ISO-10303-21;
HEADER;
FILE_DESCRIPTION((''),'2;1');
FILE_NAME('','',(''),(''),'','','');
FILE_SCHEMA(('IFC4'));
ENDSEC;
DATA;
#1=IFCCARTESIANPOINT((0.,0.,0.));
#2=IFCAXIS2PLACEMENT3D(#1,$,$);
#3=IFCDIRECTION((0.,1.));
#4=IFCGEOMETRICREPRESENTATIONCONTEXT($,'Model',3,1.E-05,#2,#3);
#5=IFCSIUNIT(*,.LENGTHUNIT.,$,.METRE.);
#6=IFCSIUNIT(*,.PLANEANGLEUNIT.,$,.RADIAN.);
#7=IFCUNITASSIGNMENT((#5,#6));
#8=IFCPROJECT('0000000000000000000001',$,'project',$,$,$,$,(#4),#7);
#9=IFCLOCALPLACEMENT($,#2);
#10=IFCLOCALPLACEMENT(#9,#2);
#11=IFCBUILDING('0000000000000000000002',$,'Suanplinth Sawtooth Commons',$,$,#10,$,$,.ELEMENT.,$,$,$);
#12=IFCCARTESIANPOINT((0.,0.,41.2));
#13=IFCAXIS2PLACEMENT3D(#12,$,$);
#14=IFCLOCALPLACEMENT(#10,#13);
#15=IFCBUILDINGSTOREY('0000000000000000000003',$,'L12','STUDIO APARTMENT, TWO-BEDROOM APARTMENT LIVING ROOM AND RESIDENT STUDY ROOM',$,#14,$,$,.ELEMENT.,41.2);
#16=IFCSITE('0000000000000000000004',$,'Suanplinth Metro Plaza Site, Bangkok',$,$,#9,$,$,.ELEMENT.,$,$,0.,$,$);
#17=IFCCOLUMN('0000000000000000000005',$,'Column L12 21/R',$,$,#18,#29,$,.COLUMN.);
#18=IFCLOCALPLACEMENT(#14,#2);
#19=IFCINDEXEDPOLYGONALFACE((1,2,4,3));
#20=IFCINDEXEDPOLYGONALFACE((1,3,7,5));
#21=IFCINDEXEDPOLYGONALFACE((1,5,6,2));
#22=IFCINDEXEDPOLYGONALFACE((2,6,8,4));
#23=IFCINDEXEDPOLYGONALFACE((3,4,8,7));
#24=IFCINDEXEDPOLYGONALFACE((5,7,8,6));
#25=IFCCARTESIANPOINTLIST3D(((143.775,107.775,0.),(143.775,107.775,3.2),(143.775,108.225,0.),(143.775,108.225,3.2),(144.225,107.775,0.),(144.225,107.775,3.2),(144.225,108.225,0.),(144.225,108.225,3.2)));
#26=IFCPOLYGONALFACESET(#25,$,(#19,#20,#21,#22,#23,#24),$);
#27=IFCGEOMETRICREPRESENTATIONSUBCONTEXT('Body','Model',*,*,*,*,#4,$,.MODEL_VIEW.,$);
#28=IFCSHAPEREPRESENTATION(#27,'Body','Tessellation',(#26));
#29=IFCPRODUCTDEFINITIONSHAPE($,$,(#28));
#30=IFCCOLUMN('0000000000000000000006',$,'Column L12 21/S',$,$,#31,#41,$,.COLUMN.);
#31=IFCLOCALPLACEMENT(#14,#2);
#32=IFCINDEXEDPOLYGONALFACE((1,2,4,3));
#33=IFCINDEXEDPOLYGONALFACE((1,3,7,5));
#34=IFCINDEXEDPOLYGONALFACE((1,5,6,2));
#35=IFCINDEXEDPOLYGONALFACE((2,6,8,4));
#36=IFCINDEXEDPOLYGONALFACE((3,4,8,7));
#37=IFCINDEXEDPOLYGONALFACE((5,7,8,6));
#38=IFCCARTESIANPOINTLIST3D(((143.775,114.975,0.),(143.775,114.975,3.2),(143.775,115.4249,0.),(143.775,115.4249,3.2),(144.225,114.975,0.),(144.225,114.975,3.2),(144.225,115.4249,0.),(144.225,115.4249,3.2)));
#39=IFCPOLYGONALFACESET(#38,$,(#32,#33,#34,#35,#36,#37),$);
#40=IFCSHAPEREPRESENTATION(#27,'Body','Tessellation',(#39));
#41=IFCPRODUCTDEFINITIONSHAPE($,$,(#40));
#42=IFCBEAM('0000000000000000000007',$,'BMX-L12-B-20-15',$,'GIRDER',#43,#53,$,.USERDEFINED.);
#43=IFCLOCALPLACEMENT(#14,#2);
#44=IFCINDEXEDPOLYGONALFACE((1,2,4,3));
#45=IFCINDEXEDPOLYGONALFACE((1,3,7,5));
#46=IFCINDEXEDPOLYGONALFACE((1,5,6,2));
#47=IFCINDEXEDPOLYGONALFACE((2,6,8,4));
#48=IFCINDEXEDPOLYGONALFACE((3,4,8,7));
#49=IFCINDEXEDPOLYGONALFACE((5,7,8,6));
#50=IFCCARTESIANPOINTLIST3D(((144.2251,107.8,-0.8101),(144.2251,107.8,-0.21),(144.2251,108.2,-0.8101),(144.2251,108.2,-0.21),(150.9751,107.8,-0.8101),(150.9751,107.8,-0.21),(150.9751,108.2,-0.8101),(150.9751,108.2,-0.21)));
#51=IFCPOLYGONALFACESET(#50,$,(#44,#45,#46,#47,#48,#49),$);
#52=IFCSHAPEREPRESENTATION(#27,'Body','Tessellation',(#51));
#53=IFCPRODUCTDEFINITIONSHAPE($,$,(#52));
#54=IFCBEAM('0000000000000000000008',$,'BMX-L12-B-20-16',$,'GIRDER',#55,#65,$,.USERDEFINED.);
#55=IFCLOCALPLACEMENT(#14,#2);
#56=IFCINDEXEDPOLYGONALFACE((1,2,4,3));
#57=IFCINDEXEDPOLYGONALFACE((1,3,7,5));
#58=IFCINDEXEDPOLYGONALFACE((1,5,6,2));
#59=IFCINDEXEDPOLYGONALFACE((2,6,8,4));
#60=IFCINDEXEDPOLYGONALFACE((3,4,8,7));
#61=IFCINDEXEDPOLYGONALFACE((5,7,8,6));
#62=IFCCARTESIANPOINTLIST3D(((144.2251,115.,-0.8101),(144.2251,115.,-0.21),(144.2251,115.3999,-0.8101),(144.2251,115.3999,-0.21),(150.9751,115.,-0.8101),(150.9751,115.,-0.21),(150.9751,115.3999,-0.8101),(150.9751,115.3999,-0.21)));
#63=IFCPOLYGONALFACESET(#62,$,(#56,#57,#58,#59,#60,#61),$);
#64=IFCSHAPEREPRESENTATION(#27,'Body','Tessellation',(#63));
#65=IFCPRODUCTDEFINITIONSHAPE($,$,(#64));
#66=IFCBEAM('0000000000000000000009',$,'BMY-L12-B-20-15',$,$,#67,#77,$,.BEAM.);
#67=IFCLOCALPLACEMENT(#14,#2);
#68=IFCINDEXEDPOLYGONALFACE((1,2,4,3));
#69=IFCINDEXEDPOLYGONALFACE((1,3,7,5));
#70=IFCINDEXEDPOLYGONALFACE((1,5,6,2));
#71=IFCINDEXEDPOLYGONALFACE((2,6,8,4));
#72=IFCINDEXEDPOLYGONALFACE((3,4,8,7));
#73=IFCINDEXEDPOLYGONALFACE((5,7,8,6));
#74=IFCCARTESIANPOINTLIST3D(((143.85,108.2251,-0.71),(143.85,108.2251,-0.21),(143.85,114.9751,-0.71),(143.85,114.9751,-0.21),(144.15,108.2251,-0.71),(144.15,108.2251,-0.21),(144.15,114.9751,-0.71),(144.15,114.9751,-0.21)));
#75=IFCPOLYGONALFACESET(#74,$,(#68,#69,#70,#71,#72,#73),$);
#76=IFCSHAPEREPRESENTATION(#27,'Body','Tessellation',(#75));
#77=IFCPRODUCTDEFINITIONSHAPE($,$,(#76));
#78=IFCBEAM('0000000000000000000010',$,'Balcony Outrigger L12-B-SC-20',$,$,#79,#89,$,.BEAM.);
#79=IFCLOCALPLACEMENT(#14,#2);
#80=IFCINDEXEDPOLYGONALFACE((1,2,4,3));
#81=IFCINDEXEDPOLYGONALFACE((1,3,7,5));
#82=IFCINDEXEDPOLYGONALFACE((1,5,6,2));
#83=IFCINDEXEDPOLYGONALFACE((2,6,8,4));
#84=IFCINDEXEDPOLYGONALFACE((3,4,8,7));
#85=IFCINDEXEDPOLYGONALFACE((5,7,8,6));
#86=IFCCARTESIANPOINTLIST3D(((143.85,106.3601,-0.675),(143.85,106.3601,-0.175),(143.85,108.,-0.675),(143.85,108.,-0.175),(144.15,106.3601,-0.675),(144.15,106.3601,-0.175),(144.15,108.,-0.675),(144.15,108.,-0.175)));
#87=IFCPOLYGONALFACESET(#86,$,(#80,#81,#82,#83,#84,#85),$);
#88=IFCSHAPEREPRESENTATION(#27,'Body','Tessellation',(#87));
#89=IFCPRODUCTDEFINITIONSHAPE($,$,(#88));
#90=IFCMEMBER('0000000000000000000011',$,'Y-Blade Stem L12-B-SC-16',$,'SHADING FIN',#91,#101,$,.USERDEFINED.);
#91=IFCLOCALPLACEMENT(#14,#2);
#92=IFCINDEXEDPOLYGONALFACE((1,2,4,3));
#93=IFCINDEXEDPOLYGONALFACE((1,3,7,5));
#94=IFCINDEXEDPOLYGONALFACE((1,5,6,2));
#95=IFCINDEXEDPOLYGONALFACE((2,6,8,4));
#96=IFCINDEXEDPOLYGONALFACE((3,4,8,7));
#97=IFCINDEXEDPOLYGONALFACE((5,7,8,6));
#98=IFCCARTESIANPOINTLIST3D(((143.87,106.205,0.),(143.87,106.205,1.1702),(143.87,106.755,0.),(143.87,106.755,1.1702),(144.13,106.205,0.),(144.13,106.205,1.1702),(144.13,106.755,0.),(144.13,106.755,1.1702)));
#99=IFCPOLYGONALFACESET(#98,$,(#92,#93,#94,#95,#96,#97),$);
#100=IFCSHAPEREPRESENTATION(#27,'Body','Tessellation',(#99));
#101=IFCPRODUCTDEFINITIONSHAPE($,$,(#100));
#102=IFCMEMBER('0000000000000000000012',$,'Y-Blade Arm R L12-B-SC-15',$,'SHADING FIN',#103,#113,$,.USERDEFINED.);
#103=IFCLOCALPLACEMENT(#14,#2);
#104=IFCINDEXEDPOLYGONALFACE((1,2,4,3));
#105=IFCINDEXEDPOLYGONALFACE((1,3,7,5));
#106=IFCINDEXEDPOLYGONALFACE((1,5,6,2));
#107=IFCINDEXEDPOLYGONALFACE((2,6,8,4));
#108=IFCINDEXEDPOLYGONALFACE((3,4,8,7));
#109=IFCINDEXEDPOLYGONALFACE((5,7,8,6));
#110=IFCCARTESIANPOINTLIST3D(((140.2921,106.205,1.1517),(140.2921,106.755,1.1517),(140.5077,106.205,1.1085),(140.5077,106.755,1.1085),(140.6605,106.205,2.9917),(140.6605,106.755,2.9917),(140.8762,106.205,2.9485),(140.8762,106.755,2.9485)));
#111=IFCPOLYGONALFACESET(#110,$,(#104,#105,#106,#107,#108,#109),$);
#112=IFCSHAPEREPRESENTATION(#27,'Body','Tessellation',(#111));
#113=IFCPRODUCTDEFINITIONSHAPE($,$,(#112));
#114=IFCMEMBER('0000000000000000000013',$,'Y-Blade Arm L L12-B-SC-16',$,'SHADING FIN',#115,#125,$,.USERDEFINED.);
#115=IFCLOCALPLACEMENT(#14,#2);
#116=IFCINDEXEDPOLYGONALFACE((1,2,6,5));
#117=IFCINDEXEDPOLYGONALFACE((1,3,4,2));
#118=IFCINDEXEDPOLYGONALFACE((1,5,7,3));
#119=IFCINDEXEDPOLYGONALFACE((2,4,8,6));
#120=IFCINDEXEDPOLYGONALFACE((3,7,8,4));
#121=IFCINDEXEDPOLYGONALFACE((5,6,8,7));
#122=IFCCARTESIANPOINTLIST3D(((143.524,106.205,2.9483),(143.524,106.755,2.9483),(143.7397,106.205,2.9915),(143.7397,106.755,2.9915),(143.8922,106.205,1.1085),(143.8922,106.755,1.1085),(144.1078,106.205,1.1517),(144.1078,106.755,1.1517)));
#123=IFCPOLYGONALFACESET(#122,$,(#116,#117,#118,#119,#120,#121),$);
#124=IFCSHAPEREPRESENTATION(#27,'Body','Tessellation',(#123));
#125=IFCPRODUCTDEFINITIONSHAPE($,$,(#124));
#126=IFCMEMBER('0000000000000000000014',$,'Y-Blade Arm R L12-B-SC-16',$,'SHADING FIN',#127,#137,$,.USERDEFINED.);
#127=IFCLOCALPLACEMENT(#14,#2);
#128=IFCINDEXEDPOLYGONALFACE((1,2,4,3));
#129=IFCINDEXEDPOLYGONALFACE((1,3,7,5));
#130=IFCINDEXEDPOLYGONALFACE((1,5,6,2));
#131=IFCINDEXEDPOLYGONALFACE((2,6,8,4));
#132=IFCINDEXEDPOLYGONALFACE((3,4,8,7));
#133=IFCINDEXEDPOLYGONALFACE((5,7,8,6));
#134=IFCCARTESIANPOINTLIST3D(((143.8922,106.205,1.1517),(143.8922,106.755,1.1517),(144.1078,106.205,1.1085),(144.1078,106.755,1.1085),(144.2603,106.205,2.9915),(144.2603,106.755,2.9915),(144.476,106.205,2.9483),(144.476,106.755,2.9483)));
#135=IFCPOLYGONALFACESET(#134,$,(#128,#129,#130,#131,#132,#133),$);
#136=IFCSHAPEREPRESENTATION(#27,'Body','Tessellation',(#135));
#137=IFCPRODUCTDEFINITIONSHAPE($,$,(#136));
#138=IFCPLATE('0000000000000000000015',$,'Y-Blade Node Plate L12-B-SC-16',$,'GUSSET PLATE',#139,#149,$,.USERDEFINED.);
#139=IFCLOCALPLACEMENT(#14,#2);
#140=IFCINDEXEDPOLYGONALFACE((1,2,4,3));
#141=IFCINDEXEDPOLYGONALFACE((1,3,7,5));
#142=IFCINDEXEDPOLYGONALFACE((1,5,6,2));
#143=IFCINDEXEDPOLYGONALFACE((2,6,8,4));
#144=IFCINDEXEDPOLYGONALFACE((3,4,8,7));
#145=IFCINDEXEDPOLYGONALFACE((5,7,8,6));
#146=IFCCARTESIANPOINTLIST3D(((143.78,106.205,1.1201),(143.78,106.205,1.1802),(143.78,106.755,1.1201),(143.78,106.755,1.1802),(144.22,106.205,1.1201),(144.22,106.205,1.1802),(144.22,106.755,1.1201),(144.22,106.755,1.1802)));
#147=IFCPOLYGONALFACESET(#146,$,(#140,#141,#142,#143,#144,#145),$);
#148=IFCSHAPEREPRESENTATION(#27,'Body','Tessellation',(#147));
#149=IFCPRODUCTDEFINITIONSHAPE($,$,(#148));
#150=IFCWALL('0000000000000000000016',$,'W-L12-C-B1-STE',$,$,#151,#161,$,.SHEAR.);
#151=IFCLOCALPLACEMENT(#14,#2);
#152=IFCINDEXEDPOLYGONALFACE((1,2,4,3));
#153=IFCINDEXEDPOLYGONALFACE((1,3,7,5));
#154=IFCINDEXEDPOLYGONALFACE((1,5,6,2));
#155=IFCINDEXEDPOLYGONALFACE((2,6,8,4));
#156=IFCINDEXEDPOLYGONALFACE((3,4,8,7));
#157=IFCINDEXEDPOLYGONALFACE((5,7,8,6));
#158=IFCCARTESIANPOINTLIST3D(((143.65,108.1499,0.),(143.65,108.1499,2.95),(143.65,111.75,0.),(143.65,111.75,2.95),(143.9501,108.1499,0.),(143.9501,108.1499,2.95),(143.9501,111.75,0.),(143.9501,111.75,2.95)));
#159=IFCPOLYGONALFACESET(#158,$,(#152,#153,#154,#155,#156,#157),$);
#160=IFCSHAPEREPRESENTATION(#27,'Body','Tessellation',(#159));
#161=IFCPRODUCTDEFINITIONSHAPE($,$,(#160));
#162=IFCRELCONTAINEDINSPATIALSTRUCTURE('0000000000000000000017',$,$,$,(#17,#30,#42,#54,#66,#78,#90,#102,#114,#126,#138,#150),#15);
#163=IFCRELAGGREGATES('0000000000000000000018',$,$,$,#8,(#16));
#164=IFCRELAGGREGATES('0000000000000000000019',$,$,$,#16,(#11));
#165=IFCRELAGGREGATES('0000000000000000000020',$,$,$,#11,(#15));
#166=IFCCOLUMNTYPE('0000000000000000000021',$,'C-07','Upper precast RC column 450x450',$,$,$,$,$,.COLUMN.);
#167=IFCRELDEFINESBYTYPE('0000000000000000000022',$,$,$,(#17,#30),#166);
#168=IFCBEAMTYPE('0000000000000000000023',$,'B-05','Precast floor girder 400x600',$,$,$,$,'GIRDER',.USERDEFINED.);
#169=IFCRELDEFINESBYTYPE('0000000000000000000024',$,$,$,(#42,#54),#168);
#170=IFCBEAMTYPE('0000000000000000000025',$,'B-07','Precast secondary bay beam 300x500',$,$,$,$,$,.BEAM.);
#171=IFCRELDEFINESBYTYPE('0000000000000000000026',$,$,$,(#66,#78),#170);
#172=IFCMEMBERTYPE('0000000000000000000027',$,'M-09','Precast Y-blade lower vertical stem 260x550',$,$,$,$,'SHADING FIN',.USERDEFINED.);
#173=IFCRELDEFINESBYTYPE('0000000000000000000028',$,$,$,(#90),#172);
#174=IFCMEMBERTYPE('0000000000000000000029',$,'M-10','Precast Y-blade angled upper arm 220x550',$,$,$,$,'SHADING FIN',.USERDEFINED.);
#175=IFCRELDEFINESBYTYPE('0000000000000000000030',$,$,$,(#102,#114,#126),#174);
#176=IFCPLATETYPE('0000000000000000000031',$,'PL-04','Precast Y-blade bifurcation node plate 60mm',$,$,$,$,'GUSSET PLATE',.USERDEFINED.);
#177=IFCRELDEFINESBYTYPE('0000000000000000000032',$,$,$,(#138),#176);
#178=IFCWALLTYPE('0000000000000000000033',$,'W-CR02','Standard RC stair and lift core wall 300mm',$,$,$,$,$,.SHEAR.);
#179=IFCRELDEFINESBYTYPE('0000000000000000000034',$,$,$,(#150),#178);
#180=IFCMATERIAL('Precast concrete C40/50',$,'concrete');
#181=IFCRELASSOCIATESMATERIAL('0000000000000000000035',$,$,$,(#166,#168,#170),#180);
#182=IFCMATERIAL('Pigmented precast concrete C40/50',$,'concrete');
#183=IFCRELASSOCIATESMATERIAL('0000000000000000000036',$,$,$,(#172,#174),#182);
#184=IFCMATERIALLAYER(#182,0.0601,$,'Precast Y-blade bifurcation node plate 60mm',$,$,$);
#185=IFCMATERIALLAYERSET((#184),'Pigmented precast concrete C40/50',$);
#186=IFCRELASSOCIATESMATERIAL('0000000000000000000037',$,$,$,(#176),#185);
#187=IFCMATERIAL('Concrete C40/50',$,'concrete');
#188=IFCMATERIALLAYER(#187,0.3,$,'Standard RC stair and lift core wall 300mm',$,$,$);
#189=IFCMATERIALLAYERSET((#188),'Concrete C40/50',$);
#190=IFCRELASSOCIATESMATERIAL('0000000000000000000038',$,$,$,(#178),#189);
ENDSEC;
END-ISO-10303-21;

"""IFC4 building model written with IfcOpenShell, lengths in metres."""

from ifc_helpers import new_model, si_unit, direction, frame, frame_2d, origin, origin_2d, place, context, subcontext, project, spatial, rectangle, extrude, material, layer, layer_set, material_profile, profile_set, type_object, element, save


model = new_model("IFC4")

# Units and contexts
model_context = context("Model", 3, precision=1e-05, world=origin(), true_north=direction((0.0, 1.0)))
body_context = subcontext(model_context, "Body", "Model", "MODEL_VIEW")
ifc_project = project(units=[si_unit("LENGTHUNIT", "METRE"), si_unit("PLANEANGLEUNIT", "RADIAN")], contexts=[model_context])

# Site, building, storey
site_placement = place(None, origin())
site = spatial("IfcSite", under=ifc_project, at=site_placement, Name="Suanplinth Metro Plaza Site, Bangkok", CompositionType="ELEMENT", RefElevation=0.0)
building_placement = place(site_placement, origin())
building = spatial("IfcBuilding", under=site, at=building_placement, Name="Suanplinth Sawtooth Commons", CompositionType="ELEMENT")
storey_placement = place(building_placement, frame((0.0, 0.0, 41.2)))
storey = spatial("IfcBuildingStorey", under=building, at=storey_placement, Name="L12", Description="STUDIO APARTMENT, TWO-BEDROOM APARTMENT LIVING ROOM AND RESIDENT STUDY ROOM", CompositionType="ELEMENT", Elevation=41.2)

# Columns
ifc_material_1 = material(Name="Precast concrete C40/50", Category="concrete")
ifc_material_profile_1 = material_profile(ifc_material_1, rectangle(XDim=0.45, YDim=0.45, at=origin_2d()), Name="PC-COL 450x450")
ifc_profile_set_1 = profile_set([ifc_material_profile_1], Name="Precast concrete C40/50")
column_type = type_object("IfcColumnType", Name="C-07", Description="Upper precast RC column 450x450", PredefinedType="COLUMN", material=ifc_profile_set_1)
for number, where, z_axis, x_axis, name in (
    (1, (144.0, 108.0, 0.0), (0.0, 0.0, 1.0), (1.0, 0.0, 0.0), "Column L12 21/R"),
    (2, (144.0, 115.2, 0.0), (0.0, 0.0, 1.0), (1.0, 0.0, 0.0), "Column L12 21/S"),
):
    element("IfcColumn", number, at=place(storey_placement, frame(where, z_axis=z_axis, x_axis=x_axis)), inside=storey, type_object=column_type, Name=name, PredefinedType="COLUMN", context=body_context, shape_type="SweptSolid", body=[
        extrude(rectangle(XDim=0.45, YDim=0.45, at=origin_2d()), origin(), (0.0, 0.0, 1.0), 3.2),
    ])

# Beams
ifc_material_profile_2 = material_profile(ifc_material_1, rectangle(XDim=0.3999, YDim=0.6001, at=origin_2d()), Name="PC-GDR 400x600")
ifc_profile_set_2 = profile_set([ifc_material_profile_2], Name="Precast concrete C40/50")
beam_type_1 = type_object("IfcBeamType", Name="B-05", Description="Precast floor girder 400x600", ElementType="GIRDER", PredefinedType="USERDEFINED", material=ifc_profile_set_2)
for number, where, z_axis, x_axis, name in (
    (3, (144.2251, 108.0, -0.51), (1.0, 0.0, 0.0), (0.0, 1.0, 0.0), "BMX-L12-B-20-15"),
    (4, (144.2251, 115.2, -0.51), (1.0, 0.0, 0.0), (0.0, 1.0, 0.0), "BMX-L12-B-20-16"),
):
    element("IfcBeam", number, at=place(storey_placement, frame(where, z_axis=z_axis, x_axis=x_axis)), inside=storey, type_object=beam_type_1, Name=name, ObjectType="GIRDER", PredefinedType="USERDEFINED", context=body_context, shape_type="SweptSolid", body=[
        extrude(rectangle(XDim=0.3999, YDim=0.6001, at=origin_2d()), origin(), (0.0, 0.0, 1.0), 6.75),
    ])
ifc_material_profile_3 = material_profile(ifc_material_1, rectangle(XDim=0.3, YDim=0.5, at=origin_2d()), Name="PC-BM 300x500")
ifc_profile_set_3 = profile_set([ifc_material_profile_3], Name="Precast concrete C40/50")
beam_type_2 = type_object("IfcBeamType", Name="B-07", Description="Precast secondary bay beam 300x500", PredefinedType="BEAM", material=ifc_profile_set_3)
beam_1_placement = place(storey_placement, frame((144.0, 108.2251, -0.46), z_axis=(0.0, 1.0, 0.0), x_axis=(-1.0, 0.0, 0.0)))
element("IfcBeam", 5, at=beam_1_placement, inside=storey, type_object=beam_type_2, Name="BMY-L12-B-20-15", PredefinedType="BEAM", context=body_context, shape_type="SweptSolid", body=[
    extrude(rectangle(XDim=0.3, YDim=0.5, at=origin_2d()), origin(), (0.0, 0.0, 1.0), 6.75),
])
beam_2_placement = place(storey_placement, frame((144.0, 108.0, -0.425), z_axis=(0.0, -1.0, 0.0), x_axis=(1.0, 0.0, 0.0)))
element("IfcBeam", 6, at=beam_2_placement, inside=storey, type_object=beam_type_2, Name="Balcony Outrigger L12-B-SC-20", PredefinedType="BEAM", context=body_context, shape_type="SweptSolid", body=[
    extrude(rectangle(XDim=0.3, YDim=0.5, at=origin_2d()), origin(), (0.0, 0.0, 1.0), 1.6399),
])

# Members
ifc_material_2 = material(Name="Pigmented precast concrete C40/50", Category="concrete")
ifc_material_profile_4 = material_profile(ifc_material_2, rectangle(XDim=0.26, YDim=0.55, at=origin_2d()), Name="PC-FIN 260x550")
ifc_profile_set_4 = profile_set([ifc_material_profile_4], Name="Pigmented precast concrete C40/50")
member_type_1 = type_object("IfcMemberType", Name="M-09", Description="Precast Y-blade lower vertical stem 260x550", ElementType="SHADING FIN", PredefinedType="USERDEFINED", material=ifc_profile_set_4)
member_1_placement = place(storey_placement, frame((144.0, 106.48, 0.0), z_axis=(0.0, 0.0, 1.0), x_axis=(1.0, 0.0, 0.0)))
element("IfcMember", 7, at=member_1_placement, inside=storey, type_object=member_type_1, Name="Y-Blade Stem L12-B-SC-16", ObjectType="SHADING FIN", PredefinedType="USERDEFINED", context=body_context, shape_type="SweptSolid", body=[
    extrude(rectangle(XDim=0.26, YDim=0.55, at=origin_2d()), origin(), (0.0, 0.0, 1.0), 1.1702),
])
ifc_material_profile_5 = material_profile(ifc_material_2, rectangle(XDim=0.22, YDim=0.55, at=origin_2d()), Name="PC-FIN 220x550")
ifc_profile_set_5 = profile_set([ifc_material_profile_5], Name="Pigmented precast concrete C40/50")
member_type_2 = type_object("IfcMemberType", Name="M-10", Description="Precast Y-blade angled upper arm 220x550", ElementType="SHADING FIN", PredefinedType="USERDEFINED", material=ifc_profile_set_5)
member_2_placement = place(storey_placement, frame((140.3999, 106.48, 1.1301), z_axis=(0.196341, 0.0, 0.980536), x_axis=(-0.980536, 0.0, 0.196341)))
element("IfcMember", 8, at=member_2_placement, inside=storey, type_object=member_type_2, Name="Y-Blade Arm R L12-B-SC-15", ObjectType="SHADING FIN", PredefinedType="USERDEFINED", context=body_context, shape_type="SweptSolid", body=[
    extrude(rectangle(XDim=0.22, YDim=0.55, at=origin_2d()), origin(), (0.0, 0.0, 1.0), 1.8765),
])
for number, where, z_axis, x_axis, name in (
    (9, (144.0, 106.48, 1.1301), (-0.196216, 0.0, 0.980561), (0.980561, 0.0, 0.196216), "Y-Blade Arm L L12-B-SC-16"),
    (10, (144.0, 106.48, 1.1301), (0.196216, 0.0, 0.980561), (-0.980561, 0.0, 0.196216), "Y-Blade Arm R L12-B-SC-16"),
):
    element("IfcMember", number, at=place(storey_placement, frame(where, z_axis=z_axis, x_axis=x_axis)), inside=storey, type_object=member_type_2, Name=name, ObjectType="SHADING FIN", PredefinedType="USERDEFINED", context=body_context, shape_type="SweptSolid", body=[
        extrude(rectangle(XDim=0.22, YDim=0.55, at=origin_2d()), origin(), (0.0, 0.0, 1.0), 1.8762),
    ])

# Plate
ifc_layer_1 = layer(ifc_material_2, 0.0601, Name="Precast Y-blade bifurcation node plate 60mm")
ifc_layer_set_1 = layer_set([ifc_layer_1], Name="Pigmented precast concrete C40/50")
plate_type = type_object("IfcPlateType", Name="PL-04", Description="Precast Y-blade bifurcation node plate 60mm", ElementType="GUSSET PLATE", PredefinedType="USERDEFINED", material=ifc_layer_set_1)
plate_placement = place(storey_placement, frame((144.0, 106.48, 1.1201), z_axis=(0.0, 0.0, 1.0), x_axis=(1.0, 0.0, 0.0)))
element("IfcPlate", 11, at=plate_placement, inside=storey, type_object=plate_type, Name="Y-Blade Node Plate L12-B-SC-16", ObjectType="GUSSET PLATE", PredefinedType="USERDEFINED", context=body_context, shape_type="SweptSolid", body=[
    extrude(rectangle(XDim=0.4399, YDim=0.55, at=origin_2d()), origin(), (0.0, 0.0, 1.0), 0.0601),
])

# Wall
ifc_material_3 = material(Name="Concrete C40/50", Category="concrete")
ifc_layer_2 = layer(ifc_material_3, 0.3, Name="Standard RC stair and lift core wall 300mm")
ifc_layer_set_2 = layer_set([ifc_layer_2], Name="Concrete C40/50")
wall_type_1 = type_object("IfcWallType", Name="W-CR02", Description="Standard RC stair and lift core wall 300mm", PredefinedType="SHEAR", material=ifc_layer_set_2)
wall_1_placement = place(storey_placement, frame((143.8, 108.1499, 0.0), z_axis=(0.0, 0.0, 1.0), x_axis=(0.0, 1.0, 0.0)))
element("IfcWall", 12, at=wall_1_placement, inside=storey, type_object=wall_type_1, Name="W-L12-C-B1-STE", PredefinedType="SHEAR", context=body_context, shape_type="SweptSolid", body=[
    extrude(rectangle(XDim=3.6001, YDim=0.3, at=frame_2d((1.8, 0.0))), origin(), (0.0, 0.0, 1.0), 2.95),
])

save(model, "model.ifc")
